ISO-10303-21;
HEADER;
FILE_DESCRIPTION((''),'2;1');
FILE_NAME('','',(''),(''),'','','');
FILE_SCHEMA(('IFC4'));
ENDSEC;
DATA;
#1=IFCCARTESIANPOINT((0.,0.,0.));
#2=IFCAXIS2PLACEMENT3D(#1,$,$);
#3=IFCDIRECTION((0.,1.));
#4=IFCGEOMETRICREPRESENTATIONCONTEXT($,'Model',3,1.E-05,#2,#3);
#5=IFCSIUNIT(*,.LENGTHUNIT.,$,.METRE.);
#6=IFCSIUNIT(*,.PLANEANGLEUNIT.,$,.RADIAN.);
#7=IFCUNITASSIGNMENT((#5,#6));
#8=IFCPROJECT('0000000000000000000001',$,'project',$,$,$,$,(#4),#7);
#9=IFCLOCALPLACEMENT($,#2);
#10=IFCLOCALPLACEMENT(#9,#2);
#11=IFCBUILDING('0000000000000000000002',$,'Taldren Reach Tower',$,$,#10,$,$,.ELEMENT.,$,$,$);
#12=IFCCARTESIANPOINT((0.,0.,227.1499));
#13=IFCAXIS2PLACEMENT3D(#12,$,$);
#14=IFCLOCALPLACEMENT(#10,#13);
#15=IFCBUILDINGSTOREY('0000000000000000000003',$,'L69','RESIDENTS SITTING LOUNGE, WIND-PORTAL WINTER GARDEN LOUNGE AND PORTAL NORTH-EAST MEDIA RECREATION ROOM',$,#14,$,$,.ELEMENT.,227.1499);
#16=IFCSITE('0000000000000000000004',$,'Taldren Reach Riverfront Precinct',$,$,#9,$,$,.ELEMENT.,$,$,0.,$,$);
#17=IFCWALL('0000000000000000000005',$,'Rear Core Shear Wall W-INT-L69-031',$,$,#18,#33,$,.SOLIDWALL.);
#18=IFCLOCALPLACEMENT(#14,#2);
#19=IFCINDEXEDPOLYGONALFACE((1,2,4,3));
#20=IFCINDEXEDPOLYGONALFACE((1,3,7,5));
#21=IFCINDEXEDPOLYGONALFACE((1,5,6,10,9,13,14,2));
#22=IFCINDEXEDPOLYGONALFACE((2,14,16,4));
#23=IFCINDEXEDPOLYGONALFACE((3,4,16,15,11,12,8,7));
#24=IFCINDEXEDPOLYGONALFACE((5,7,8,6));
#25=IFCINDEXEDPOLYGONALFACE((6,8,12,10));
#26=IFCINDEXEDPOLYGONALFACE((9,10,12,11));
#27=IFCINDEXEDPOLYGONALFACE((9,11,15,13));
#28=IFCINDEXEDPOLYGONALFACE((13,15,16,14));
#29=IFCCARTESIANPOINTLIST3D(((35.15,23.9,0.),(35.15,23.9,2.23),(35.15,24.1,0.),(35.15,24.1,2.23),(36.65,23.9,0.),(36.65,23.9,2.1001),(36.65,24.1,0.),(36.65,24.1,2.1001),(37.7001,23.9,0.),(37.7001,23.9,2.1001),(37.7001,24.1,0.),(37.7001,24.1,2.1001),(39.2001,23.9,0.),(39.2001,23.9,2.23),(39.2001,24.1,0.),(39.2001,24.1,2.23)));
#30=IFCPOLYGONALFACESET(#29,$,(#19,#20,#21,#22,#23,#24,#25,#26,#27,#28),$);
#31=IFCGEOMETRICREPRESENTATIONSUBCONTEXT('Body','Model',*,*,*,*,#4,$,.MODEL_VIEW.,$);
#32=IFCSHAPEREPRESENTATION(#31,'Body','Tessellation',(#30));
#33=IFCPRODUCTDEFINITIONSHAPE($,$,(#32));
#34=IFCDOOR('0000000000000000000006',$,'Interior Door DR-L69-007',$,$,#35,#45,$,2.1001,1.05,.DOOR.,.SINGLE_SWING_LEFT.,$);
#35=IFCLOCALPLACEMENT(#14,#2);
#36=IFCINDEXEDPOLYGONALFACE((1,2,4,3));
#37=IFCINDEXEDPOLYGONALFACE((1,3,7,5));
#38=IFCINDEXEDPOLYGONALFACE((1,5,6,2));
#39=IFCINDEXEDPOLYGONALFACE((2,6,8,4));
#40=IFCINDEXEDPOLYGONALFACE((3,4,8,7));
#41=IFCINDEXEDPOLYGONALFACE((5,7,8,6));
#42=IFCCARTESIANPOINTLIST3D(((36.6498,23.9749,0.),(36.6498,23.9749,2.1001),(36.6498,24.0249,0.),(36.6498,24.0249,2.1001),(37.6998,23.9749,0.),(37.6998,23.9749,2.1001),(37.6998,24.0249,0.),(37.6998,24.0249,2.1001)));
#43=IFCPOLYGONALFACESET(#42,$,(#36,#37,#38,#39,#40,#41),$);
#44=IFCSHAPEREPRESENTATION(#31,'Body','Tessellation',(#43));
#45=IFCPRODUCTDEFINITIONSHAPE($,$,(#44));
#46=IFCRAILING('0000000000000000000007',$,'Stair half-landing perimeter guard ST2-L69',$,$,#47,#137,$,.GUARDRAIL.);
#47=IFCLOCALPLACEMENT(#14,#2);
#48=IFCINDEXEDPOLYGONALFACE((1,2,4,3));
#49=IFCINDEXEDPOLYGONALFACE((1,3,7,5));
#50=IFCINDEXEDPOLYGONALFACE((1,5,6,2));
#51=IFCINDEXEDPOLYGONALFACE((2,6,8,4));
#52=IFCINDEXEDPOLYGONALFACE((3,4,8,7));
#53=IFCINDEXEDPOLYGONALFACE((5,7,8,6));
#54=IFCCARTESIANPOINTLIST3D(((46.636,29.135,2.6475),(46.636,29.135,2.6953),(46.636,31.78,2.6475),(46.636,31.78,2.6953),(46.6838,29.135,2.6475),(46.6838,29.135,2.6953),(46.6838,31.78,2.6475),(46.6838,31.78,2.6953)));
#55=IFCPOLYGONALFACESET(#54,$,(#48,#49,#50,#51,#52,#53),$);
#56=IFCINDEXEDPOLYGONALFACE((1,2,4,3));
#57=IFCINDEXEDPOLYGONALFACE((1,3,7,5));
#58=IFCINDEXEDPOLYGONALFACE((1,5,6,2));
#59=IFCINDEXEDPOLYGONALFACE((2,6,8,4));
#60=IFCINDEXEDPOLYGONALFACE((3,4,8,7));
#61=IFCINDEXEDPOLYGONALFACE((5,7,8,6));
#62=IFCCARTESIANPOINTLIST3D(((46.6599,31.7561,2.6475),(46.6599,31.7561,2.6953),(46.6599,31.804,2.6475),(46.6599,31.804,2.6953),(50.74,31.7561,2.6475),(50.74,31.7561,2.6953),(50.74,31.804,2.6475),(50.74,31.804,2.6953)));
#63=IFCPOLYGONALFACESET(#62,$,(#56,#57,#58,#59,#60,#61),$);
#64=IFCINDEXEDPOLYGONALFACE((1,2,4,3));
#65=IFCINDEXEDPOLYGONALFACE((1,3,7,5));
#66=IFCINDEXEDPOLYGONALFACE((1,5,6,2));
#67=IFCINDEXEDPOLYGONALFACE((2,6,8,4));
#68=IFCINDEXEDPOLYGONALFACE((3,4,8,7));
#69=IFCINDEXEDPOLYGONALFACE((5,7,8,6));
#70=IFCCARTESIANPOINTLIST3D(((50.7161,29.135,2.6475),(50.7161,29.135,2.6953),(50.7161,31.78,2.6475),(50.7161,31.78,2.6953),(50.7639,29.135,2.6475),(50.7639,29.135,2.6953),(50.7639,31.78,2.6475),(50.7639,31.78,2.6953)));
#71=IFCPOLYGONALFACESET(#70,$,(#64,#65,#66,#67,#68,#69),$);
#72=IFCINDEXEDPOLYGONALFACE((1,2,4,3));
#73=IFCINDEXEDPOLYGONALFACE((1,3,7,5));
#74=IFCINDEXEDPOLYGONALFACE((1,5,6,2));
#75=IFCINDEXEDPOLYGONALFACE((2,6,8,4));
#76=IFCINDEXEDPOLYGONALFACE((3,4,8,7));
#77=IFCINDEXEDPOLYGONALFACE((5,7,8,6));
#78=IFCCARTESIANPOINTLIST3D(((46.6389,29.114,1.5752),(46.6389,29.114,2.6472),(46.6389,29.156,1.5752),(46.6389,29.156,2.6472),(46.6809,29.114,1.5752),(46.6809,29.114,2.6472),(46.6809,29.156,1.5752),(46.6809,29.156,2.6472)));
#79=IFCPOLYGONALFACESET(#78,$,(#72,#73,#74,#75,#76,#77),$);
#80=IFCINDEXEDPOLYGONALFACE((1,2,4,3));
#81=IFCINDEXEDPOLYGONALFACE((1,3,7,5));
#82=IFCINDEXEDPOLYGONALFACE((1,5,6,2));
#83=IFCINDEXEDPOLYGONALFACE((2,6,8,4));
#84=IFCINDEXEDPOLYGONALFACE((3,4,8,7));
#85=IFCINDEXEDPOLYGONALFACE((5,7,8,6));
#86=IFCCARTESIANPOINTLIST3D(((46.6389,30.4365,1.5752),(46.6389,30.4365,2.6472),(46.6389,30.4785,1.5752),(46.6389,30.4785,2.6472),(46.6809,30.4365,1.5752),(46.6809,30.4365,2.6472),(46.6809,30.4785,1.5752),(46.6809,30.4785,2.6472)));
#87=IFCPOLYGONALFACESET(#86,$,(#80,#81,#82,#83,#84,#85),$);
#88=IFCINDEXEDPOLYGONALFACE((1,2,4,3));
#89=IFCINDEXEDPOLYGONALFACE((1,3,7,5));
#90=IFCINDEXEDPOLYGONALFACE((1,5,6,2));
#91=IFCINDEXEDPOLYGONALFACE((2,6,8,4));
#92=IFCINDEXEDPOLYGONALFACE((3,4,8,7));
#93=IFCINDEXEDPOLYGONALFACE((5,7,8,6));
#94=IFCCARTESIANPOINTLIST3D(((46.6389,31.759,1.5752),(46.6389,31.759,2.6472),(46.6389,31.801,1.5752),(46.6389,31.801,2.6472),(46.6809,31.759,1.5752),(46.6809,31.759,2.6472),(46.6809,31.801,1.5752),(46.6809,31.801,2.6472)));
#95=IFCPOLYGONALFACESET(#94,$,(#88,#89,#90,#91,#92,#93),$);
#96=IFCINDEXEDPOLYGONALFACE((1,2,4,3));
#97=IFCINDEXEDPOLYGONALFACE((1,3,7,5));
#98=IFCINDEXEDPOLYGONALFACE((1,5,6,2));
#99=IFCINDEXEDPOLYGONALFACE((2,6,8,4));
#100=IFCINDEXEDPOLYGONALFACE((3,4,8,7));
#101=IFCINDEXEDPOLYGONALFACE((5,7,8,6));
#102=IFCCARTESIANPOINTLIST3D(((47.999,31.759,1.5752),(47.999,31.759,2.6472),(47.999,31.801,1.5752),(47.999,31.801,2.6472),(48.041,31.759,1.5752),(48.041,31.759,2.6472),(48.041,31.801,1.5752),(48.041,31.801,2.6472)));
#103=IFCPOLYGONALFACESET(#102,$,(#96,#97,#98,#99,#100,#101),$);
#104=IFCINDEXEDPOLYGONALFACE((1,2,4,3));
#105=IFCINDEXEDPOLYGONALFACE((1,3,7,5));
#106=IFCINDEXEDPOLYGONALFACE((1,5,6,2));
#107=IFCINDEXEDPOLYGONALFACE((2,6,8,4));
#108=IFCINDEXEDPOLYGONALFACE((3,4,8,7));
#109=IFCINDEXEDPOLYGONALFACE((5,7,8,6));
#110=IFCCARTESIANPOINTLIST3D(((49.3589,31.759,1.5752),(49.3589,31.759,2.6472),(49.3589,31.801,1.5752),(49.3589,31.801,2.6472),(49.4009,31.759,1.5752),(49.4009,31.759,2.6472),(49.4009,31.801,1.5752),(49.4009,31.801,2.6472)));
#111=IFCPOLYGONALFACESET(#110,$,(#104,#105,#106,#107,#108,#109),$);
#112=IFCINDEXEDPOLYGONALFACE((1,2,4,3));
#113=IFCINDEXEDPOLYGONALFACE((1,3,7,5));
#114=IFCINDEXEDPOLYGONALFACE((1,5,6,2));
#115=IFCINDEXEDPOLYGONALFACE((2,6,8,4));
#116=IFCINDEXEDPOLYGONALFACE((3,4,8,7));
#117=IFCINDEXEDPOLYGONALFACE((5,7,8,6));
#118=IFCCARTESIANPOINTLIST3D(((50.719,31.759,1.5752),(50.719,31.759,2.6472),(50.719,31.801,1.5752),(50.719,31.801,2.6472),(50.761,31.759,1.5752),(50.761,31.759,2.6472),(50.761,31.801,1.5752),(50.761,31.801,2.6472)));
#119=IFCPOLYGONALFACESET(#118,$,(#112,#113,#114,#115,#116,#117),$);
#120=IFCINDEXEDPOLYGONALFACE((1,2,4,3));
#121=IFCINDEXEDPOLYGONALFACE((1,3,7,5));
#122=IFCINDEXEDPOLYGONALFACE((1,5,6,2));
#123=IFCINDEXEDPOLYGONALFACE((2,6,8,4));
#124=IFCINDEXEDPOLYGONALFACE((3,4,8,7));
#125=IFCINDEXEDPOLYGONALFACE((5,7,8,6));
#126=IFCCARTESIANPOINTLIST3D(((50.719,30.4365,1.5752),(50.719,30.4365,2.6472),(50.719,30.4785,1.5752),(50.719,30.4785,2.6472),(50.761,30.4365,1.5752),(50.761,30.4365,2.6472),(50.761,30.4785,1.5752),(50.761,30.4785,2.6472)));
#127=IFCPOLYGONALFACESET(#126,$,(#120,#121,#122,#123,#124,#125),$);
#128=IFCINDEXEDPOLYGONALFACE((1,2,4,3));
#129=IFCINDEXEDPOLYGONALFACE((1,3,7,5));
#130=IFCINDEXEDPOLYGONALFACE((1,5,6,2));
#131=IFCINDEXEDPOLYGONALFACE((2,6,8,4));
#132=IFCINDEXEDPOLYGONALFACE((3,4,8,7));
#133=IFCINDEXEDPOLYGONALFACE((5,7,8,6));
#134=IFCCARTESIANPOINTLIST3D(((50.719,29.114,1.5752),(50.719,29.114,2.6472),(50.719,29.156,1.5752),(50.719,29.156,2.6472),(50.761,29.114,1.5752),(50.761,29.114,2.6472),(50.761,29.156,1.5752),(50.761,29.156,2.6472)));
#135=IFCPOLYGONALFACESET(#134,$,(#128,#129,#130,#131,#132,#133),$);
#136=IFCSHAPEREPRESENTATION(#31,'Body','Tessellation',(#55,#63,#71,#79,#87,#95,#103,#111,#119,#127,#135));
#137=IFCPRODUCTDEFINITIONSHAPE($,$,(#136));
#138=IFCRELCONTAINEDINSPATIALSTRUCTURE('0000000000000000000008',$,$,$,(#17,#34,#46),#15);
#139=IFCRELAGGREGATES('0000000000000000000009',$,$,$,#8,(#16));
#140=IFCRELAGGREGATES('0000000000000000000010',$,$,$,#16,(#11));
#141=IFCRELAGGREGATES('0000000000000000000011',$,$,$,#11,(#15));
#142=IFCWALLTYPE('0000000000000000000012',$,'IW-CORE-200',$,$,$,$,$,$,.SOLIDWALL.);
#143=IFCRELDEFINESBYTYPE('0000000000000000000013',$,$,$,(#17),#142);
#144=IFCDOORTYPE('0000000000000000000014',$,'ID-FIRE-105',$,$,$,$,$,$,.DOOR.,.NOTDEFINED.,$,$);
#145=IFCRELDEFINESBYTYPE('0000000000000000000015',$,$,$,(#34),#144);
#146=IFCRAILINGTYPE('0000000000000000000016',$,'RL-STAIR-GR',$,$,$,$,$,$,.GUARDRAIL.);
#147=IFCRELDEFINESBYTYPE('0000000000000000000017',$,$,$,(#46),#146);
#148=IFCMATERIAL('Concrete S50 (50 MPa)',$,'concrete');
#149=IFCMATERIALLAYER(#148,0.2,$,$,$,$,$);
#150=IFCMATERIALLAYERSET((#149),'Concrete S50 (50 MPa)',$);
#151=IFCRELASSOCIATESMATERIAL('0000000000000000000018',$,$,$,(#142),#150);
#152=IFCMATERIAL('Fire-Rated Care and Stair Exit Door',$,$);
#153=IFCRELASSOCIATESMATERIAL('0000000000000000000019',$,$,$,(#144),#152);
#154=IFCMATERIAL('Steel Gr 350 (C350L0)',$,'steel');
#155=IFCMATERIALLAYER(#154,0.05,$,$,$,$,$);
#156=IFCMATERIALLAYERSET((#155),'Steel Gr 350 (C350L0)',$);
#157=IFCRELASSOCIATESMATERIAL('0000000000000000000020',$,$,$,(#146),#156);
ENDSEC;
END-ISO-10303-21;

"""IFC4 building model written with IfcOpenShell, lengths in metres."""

from ifc_helpers import new_model, si_unit, direction, frame, frame_2d, origin, origin_2d, place, context, subcontext, project, spatial, rectangle, extrude, source, transform, mapped, material, layer, layer_set, type_object, element, fill, save


model = new_model("IFC4")

# Units and contexts
model_context = context("Model", 3, precision=1e-05, world=origin(), true_north=direction((0.0, 1.0)))
body_context = subcontext(model_context, "Body", "Model", "MODEL_VIEW")
ifc_project = project(units=[si_unit("LENGTHUNIT", "METRE"), si_unit("PLANEANGLEUNIT", "RADIAN")], contexts=[model_context])

# Site, building, storey
site_placement = place(None, origin())
site = spatial("IfcSite", under=ifc_project, at=site_placement, Name="Taldren Reach Riverfront Precinct", CompositionType="ELEMENT", RefElevation=0.0)
building_placement = place(site_placement, origin())
building = spatial("IfcBuilding", under=site, at=building_placement, Name="Taldren Reach Tower", CompositionType="ELEMENT")
storey_placement = place(building_placement, frame((0.0, 0.0, 227.1499)))
storey = spatial("IfcBuildingStorey", under=building, at=storey_placement, Name="L69", Description="RESIDENTS SITTING LOUNGE, WIND-PORTAL WINTER GARDEN LOUNGE AND PORTAL NORTH-EAST MEDIA RECREATION ROOM", CompositionType="ELEMENT", Elevation=227.1499)

# Shared definitions
ifc_material_1 = material(Name="Steel Gr 350 (C350L0)", Category="steel")

# Shared definitions
ifc_material_2 = material(Name="Concrete S50 (50 MPa)", Category="concrete")
ifc_layer_1 = layer(ifc_material_2, 0.2)
ifc_layer_set_1 = layer_set([ifc_layer_1], Name="Concrete S50 (50 MPa)")
wall_type_1 = type_object("IfcWallType", Name="IW-CORE-200", PredefinedType="SOLIDWALL", material=ifc_layer_set_1)

# Shared definitions
shared_shape_1 = source(origin(), body_context, "Body", "SweptSolid", [
    extrude(rectangle(XDim=1.05, YDim=2.1001, at=frame_2d((0.5249, 1.05))), frame((0.0, 0.1099, 0.0), z_axis=(0.0, -1.0, 0.0), x_axis=(1.0, 0.0, 0.0)), (0.0, 0.0, 1.0), 0.22),
])
ifc_material_3 = material(Name="Fire-Rated Care and Stair Exit Door")
door_type_1 = type_object("IfcDoorType", Name="ID-FIRE-105", OperationType="NOTDEFINED", PredefinedType="DOOR", material=ifc_material_3)
shared_shape_2 = source(origin(), body_context, "Body", "SweptSolid", [
    extrude(rectangle(XDim=1.05, YDim=2.1001, at=frame_2d((0.5249, 1.05))), frame((0.0, 0.0249, 0.0), z_axis=(0.0, -1.0, 0.0), x_axis=(1.0, 0.0, 0.0)), (0.0, 0.0, 1.0), 0.05),
])

# Wall, opening, door
shared_shape_3 = source(origin(), body_context, "Body", "SweptSolid", [
    extrude(rectangle(XDim=4.05, YDim=0.2, at=frame_2d((2.0249, 0.0))), origin(), (0.0, 0.0, 1.0), 2.23),
])
wall_1_placement = place(storey_placement, frame((39.2, 24.0, 0.0), z_axis=(0.0, 0.0, 1.0), x_axis=(-1.0, 0.0, 0.0)))
wall_1 = element("IfcWall", 1, at=wall_1_placement, inside=storey, type_object=wall_type_1, Name="Rear Core Shear Wall W-INT-L69-031", PredefinedType="SOLIDWALL", context=body_context, shape_type="MappedRepresentation", body=[
    mapped(shared_shape_3, transform((0.0, 0.0, 0.0), scale=1.0)),
])
opening_1_placement = place(wall_1_placement, frame((1.5, 0.0, 0.0)))
opening_1 = element("IfcOpeningElement", 2, at=opening_1_placement, cuts=wall_1, PredefinedType="OPENING", context=body_context, shape_type="MappedRepresentation", body=[
    mapped(shared_shape_1, transform((0.0, 0.0, 0.0), scale=1.0)),
])
door_1_placement = place(opening_1_placement, frame((1.05, 0.0, 0.0), z_axis=(0.0, 0.0, 1.0), x_axis=(-1.0, 0.0, 0.0)))
door_1 = element("IfcDoor", 3, at=door_1_placement, inside=storey, type_object=door_type_1, Name="Interior Door DR-L69-007", OperationType="SINGLE_SWING_LEFT", OverallHeight=2.1001, OverallWidth=1.05, PredefinedType="DOOR", context=body_context, shape_type="MappedRepresentation", body=[
    mapped(shared_shape_2, transform((0.0, 0.0, 0.0), scale=1.0)),
])
fill(opening_1, door_1)

# Railing
ifc_layer_2 = layer(ifc_material_1, 0.05)
ifc_layer_set_2 = layer_set([ifc_layer_2], Name="Steel Gr 350 (C350L0)")
railing_type_1 = type_object("IfcRailingType", Name="RL-STAIR-GR", PredefinedType="GUARDRAIL", material=ifc_layer_set_2)
railing_1_placement = place(storey_placement, frame((46.6599, 29.135, 1.5752)))
element("IfcRailing", 4, at=railing_1_placement, inside=storey, type_object=railing_type_1, Name="Stair half-landing perimeter guard ST2-L69", PredefinedType="GUARDRAIL", context=body_context, shape_type="SweptSolid", body=[
    extrude(rectangle(XDim=0.0479, YDim=0.0479, at=origin_2d()), frame((0.0, 0.0, 1.0962), z_axis=(0.0, 1.0, 0.0), x_axis=(-1.0, 0.0, 0.0)), (0.0, 0.0, 1.0), 2.645),
    extrude(rectangle(XDim=0.0479, YDim=0.0479, at=origin_2d()), frame((0.0, 2.645, 1.0962), z_axis=(1.0, 0.0, 0.0), x_axis=(0.0, 1.0, 0.0)), (0.0, 0.0, 1.0), 4.0801),
    extrude(rectangle(XDim=0.0479, YDim=0.0479, at=origin_2d()), frame((4.0801, 2.645, 1.0962), z_axis=(0.0, -1.0, 0.0), x_axis=(1.0, 0.0, 0.0)), (0.0, 0.0, 1.0), 2.645),
    extrude(rectangle(XDim=0.042, YDim=0.042, at=origin_2d()), origin(), (0.0, 0.0, 1.0), 1.072),
    extrude(rectangle(XDim=0.042, YDim=0.042, at=origin_2d()), frame((0.0, 1.3225, 0.0)), (0.0, 0.0, 1.0), 1.072),
    extrude(rectangle(XDim=0.042, YDim=0.042, at=origin_2d()), frame((0.0, 2.645, 0.0)), (0.0, 0.0, 1.0), 1.072),
    extrude(rectangle(XDim=0.042, YDim=0.042, at=origin_2d()), frame((1.3601, 2.645, 0.0)), (0.0, 0.0, 1.0), 1.072),
    extrude(rectangle(XDim=0.042, YDim=0.042, at=origin_2d()), frame((2.72, 2.645, 0.0)), (0.0, 0.0, 1.0), 1.072),
    extrude(rectangle(XDim=0.042, YDim=0.042, at=origin_2d()), frame((4.0801, 2.645, 0.0)), (0.0, 0.0, 1.0), 1.072),
    extrude(rectangle(XDim=0.042, YDim=0.042, at=origin_2d()), frame((4.0801, 1.3225, 0.0)), (0.0, 0.0, 1.0), 1.072),
    extrude(rectangle(XDim=0.042, YDim=0.042, at=origin_2d()), frame((4.0801, 0.0, 0.0)), (0.0, 0.0, 1.0), 1.072),
])

save(model, "model.ifc")
